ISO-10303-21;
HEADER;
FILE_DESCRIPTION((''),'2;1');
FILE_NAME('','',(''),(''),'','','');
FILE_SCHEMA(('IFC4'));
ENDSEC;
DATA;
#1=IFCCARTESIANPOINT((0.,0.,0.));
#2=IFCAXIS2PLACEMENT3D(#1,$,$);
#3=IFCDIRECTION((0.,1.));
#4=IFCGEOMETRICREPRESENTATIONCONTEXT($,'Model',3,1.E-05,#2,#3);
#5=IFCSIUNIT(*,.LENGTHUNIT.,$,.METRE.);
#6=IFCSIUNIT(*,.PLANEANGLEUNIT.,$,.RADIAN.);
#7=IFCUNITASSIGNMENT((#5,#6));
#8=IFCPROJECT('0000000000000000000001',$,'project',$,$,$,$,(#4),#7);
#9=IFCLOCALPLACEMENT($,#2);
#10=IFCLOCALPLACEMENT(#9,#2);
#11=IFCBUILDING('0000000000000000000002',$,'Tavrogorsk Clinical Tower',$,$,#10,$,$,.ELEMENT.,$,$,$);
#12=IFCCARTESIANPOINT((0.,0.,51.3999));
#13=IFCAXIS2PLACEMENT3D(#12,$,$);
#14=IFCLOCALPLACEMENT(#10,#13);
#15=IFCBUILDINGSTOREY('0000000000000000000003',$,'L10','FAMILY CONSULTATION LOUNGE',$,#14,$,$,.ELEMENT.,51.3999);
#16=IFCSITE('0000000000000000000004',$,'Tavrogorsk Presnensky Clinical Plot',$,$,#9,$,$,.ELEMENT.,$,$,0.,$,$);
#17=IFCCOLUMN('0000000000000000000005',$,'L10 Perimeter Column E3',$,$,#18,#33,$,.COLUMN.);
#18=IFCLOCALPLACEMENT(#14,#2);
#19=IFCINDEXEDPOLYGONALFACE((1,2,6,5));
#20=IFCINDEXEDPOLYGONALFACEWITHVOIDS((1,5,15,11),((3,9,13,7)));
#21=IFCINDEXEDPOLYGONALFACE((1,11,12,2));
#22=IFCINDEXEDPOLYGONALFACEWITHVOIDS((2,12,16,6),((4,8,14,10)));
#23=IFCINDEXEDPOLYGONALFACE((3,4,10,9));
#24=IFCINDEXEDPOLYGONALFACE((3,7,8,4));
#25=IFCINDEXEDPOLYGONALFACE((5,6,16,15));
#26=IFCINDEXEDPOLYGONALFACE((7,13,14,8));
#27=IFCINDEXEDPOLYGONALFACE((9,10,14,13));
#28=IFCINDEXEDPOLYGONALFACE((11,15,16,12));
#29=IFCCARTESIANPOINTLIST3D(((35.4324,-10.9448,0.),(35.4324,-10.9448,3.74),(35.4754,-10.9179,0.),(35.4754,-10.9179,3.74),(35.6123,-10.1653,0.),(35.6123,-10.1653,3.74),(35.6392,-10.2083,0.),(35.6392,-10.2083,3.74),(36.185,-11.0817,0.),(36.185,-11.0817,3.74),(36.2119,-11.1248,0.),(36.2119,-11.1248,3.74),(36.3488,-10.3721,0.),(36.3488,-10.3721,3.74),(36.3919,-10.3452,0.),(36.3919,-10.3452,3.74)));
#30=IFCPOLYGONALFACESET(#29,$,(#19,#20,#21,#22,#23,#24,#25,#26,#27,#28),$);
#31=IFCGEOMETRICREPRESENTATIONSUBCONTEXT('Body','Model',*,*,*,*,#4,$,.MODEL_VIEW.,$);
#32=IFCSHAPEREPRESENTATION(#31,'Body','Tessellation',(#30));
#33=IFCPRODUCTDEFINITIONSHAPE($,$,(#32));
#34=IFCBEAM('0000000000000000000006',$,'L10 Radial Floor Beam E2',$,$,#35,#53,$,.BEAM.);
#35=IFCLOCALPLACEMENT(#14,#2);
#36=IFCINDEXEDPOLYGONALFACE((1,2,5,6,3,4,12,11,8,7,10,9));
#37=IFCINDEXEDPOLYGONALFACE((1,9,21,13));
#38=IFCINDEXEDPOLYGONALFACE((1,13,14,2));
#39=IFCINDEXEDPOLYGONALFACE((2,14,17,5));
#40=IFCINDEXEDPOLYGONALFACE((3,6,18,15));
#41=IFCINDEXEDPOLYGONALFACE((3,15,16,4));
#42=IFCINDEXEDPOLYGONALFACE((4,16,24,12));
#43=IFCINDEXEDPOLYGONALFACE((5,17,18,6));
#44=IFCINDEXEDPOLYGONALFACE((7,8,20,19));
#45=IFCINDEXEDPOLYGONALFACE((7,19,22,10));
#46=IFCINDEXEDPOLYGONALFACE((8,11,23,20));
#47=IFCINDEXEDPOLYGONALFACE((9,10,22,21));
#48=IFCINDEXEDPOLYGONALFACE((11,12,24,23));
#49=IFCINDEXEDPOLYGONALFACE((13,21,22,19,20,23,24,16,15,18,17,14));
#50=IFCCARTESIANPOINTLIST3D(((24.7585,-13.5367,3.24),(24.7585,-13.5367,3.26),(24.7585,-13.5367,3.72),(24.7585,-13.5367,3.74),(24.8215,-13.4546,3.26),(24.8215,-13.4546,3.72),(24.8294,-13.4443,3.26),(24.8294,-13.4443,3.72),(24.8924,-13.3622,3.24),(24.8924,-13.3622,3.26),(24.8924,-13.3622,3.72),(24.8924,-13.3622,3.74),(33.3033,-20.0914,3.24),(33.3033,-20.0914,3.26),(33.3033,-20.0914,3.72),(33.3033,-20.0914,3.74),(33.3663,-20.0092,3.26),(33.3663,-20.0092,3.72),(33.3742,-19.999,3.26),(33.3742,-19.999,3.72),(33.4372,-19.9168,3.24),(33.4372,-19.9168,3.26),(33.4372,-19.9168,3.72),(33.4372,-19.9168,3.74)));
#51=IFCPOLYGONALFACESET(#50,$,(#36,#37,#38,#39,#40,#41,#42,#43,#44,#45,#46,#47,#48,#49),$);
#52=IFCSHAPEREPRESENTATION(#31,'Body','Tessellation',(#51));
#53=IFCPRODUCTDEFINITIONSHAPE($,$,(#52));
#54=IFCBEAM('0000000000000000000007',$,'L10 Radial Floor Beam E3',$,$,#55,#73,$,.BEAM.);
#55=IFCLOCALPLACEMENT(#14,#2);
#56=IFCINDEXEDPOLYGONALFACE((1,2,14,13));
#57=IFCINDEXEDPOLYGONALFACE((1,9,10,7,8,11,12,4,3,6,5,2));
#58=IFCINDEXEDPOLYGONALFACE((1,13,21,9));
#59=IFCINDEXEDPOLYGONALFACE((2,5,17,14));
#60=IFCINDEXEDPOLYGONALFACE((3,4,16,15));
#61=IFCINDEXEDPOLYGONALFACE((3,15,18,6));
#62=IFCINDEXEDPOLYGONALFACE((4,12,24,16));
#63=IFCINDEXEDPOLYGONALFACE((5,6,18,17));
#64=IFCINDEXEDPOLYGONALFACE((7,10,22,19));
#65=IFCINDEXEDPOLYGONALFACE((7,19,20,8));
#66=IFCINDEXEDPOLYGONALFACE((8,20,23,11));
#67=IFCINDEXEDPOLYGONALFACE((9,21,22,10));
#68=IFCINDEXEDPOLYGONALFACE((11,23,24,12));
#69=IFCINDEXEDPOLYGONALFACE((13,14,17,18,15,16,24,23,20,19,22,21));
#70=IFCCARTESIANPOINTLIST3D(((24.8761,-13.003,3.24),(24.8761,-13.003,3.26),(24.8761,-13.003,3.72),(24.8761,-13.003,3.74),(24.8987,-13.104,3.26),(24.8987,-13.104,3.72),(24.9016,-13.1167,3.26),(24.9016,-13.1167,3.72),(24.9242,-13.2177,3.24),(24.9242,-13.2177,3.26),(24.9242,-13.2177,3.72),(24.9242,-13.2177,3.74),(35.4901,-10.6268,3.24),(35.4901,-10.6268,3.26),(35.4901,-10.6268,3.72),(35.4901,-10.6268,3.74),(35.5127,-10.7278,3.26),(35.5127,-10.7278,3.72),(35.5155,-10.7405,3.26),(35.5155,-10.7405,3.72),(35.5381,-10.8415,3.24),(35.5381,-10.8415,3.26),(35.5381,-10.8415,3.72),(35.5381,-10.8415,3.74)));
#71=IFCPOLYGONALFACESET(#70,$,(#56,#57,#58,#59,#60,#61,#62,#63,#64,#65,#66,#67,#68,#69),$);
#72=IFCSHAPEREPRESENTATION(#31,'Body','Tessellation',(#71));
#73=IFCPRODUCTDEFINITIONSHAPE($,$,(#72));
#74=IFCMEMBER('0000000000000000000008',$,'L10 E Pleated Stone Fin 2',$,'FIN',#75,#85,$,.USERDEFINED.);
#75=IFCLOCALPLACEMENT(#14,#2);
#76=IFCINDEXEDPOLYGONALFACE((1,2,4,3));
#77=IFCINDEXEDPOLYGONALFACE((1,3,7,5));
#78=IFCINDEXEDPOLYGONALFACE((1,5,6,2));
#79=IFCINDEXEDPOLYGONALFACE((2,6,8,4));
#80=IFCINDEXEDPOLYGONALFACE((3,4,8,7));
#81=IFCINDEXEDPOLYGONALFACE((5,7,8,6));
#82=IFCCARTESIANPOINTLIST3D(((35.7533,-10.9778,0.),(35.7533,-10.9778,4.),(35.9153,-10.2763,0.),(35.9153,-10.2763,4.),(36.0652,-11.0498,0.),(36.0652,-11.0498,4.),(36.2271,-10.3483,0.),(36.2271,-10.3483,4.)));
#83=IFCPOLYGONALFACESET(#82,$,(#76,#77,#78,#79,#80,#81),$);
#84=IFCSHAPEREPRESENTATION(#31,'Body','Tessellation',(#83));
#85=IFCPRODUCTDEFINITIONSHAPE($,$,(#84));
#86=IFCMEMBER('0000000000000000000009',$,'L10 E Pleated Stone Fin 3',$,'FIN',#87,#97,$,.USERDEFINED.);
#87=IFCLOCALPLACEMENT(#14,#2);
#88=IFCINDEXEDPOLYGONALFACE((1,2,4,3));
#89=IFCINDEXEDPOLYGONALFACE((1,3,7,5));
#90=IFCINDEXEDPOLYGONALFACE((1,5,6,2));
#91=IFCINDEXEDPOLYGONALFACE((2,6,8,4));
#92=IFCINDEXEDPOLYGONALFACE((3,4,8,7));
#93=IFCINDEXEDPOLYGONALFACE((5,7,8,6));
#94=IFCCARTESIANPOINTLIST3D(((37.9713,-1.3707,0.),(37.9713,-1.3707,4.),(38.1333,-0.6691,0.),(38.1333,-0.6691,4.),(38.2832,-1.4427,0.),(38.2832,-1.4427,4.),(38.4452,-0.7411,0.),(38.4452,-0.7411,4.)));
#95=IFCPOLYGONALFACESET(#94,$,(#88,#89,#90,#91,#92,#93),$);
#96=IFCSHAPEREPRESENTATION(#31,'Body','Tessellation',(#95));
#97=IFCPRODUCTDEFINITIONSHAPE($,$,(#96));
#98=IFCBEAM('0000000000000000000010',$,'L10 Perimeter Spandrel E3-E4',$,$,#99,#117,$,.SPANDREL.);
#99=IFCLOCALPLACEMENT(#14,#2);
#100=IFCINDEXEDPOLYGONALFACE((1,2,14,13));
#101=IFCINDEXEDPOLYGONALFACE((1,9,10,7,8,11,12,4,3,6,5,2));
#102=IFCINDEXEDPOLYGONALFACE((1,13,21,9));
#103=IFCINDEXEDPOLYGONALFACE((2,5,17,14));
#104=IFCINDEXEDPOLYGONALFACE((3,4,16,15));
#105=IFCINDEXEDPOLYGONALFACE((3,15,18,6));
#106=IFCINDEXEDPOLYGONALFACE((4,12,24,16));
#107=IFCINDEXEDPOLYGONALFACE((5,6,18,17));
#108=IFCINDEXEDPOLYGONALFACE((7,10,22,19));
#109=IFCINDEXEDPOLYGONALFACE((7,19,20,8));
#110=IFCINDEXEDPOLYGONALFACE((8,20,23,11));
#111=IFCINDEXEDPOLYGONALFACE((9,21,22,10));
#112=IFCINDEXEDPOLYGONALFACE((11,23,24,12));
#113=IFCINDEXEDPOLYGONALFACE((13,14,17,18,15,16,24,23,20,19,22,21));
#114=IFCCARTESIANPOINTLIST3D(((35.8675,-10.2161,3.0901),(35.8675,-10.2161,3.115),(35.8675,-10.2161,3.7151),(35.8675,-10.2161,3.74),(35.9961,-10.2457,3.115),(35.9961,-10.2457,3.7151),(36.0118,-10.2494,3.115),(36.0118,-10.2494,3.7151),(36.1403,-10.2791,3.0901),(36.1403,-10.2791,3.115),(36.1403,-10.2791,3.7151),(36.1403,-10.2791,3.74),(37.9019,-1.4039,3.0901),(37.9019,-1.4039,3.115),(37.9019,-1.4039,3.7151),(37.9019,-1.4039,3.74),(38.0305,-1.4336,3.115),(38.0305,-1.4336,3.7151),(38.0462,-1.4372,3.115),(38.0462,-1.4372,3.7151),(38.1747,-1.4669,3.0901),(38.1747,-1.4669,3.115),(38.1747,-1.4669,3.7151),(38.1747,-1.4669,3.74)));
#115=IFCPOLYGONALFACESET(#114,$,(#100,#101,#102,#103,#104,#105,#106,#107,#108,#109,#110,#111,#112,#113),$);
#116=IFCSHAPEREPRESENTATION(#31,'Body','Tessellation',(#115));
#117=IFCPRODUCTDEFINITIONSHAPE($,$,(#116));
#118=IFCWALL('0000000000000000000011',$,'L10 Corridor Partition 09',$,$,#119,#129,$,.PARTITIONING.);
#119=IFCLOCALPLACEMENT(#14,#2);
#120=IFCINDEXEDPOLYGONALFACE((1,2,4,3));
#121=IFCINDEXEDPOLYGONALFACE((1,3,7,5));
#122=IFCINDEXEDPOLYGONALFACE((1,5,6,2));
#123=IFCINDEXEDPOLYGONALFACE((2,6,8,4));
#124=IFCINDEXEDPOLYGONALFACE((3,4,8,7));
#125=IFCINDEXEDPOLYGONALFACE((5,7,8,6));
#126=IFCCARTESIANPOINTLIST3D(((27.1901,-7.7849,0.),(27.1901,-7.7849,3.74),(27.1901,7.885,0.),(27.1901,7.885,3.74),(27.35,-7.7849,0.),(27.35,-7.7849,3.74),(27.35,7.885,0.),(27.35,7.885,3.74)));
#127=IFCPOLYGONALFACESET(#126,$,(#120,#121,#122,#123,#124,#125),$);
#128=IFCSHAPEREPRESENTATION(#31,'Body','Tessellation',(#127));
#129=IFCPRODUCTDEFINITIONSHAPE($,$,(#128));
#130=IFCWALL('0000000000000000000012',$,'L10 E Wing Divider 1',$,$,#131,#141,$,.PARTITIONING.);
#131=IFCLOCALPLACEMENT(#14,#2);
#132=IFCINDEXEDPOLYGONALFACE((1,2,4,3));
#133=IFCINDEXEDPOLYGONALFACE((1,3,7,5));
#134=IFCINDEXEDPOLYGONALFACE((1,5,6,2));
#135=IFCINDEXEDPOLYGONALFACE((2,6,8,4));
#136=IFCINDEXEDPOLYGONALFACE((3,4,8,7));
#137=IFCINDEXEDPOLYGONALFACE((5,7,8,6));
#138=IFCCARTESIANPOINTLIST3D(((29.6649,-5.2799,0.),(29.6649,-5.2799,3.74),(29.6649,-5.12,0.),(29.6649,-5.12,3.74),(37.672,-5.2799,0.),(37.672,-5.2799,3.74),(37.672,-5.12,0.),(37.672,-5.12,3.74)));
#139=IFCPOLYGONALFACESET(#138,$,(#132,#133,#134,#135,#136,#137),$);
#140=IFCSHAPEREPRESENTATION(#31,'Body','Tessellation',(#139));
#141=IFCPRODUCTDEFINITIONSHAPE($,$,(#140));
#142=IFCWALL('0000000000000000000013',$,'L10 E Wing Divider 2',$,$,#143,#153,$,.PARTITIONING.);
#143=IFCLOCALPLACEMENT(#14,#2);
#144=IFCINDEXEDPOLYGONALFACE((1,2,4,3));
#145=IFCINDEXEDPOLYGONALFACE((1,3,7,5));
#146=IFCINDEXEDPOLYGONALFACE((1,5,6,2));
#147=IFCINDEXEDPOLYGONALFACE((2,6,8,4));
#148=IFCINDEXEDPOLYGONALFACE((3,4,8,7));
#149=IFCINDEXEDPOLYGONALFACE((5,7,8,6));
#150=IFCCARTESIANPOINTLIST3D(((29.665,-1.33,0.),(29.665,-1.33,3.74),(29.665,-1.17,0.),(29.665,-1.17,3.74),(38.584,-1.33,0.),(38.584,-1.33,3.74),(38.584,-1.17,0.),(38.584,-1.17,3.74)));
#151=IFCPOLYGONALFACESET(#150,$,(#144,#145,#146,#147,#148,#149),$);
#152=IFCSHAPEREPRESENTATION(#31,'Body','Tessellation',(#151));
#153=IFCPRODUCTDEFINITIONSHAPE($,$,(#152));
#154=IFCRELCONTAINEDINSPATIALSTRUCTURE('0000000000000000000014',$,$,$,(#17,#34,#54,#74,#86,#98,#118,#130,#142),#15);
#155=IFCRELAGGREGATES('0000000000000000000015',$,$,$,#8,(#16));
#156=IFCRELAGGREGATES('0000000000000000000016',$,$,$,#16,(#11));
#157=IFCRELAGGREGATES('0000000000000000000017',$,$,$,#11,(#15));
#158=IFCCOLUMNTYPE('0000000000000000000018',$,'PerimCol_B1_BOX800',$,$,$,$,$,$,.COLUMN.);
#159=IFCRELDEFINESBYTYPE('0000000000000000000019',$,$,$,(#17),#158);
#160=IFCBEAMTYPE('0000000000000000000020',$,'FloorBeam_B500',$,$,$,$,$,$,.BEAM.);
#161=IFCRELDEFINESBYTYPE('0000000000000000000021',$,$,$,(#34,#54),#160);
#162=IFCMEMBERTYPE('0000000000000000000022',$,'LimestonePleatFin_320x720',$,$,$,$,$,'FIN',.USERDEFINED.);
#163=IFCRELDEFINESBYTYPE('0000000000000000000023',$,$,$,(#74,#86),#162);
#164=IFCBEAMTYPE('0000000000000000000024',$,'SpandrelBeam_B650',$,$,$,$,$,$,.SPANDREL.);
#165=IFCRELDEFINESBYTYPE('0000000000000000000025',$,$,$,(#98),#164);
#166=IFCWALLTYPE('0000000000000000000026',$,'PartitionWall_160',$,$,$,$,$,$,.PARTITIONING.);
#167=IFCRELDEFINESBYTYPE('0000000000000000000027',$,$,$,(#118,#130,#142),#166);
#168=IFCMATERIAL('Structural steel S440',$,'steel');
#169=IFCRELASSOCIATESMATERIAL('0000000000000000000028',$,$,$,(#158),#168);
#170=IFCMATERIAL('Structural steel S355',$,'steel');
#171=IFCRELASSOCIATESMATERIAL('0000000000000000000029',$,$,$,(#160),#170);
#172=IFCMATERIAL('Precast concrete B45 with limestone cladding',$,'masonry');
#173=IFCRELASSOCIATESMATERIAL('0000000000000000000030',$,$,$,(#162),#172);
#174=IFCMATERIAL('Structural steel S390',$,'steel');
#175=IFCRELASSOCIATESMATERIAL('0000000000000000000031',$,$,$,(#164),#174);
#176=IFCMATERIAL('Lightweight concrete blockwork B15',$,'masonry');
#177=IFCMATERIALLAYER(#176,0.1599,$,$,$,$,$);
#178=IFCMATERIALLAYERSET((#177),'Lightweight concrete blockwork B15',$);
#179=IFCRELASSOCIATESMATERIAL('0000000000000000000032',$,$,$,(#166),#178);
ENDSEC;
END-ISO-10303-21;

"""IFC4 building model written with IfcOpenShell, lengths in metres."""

from ifc_helpers import new_model, si_unit, direction, frame, frame_2d, origin, origin_2d, place, context, subcontext, project, spatial, rectangle, hollow_rectangle, i_section, extrude, material, layer, layer_set, material_profile, profile_set, type_object, element, save


model = new_model("IFC4")

# Units and contexts
model_context = context("Model", 3, precision=1e-05, world=origin(), true_north=direction((0.0, 1.0)))
body_context = subcontext(model_context, "Body", "Model", "MODEL_VIEW")
ifc_project = project(units=[si_unit("LENGTHUNIT", "METRE"), si_unit("PLANEANGLEUNIT", "RADIAN")], contexts=[model_context])

# Site, building, storey
site_placement = place(None, origin())
site = spatial("IfcSite", under=ifc_project, at=site_placement, Name="Tavrogorsk Presnensky Clinical Plot", CompositionType="ELEMENT", RefElevation=0.0)
building_placement = place(site_placement, origin())
building = spatial("IfcBuilding", under=site, at=building_placement, Name="Tavrogorsk Clinical Tower", CompositionType="ELEMENT")
storey_placement = place(building_placement, frame((0.0, 0.0, 51.3999)))
storey = spatial("IfcBuildingStorey", under=building, at=storey_placement, Name="L10", Description="FAMILY CONSULTATION LOUNGE", CompositionType="ELEMENT", Elevation=51.3999)

# Column
ifc_material_1 = material(Name="Structural steel S440", Category="steel")
ifc_material_profile_1 = material_profile(ifc_material_1, hollow_rectangle(XDim=0.8, YDim=0.8, WallThickness=0.0359, at=origin_2d()), Name="BOX-800x800x36")
ifc_profile_set_1 = profile_set([ifc_material_profile_1], Name="Structural steel S440")
column_type = type_object("IfcColumnType", Name="PerimCol_B1_BOX800", PredefinedType="COLUMN", material=ifc_profile_set_1)
column_placement = place(storey_placement, frame((35.9121, -10.645, 0.0), z_axis=(0.0, 0.0, 1.0), x_axis=(0.97437, -0.224951, 0.0)))
element("IfcColumn", 1, at=column_placement, inside=storey, type_object=column_type, Name="L10 Perimeter Column E3", PredefinedType="COLUMN", context=body_context, shape_type="SweptSolid", body=[
    extrude(hollow_rectangle(XDim=0.8, YDim=0.8, WallThickness=0.0359, at=origin_2d()), origin(), (0.0, 0.0, 1.0), 3.74),
])

# Beams
ifc_material_2 = material(Name="Structural steel S355", Category="steel")
ifc_material_profile_2 = material_profile(ifc_material_2, i_section(OverallWidth=0.22, OverallDepth=0.5, WebThickness=0.0129, FlangeThickness=0.02, at=origin_2d()), Name="B-500x220x13x20")
ifc_profile_set_2 = profile_set([ifc_material_profile_2], Name="Structural steel S355")
beam_type_1 = type_object("IfcBeamType", Name="FloorBeam_B500", PredefinedType="BEAM", material=ifc_profile_set_2)
beam_1_placement = place(storey_placement, frame((24.8254, -13.4495, 3.49), z_axis=(0.793446, -0.608641, 0.0), x_axis=(0.608641, 0.793446, 0.0)))
element("IfcBeam", 2, at=beam_1_placement, inside=storey, type_object=beam_type_1, Name="L10 Radial Floor Beam E2", PredefinedType="BEAM", context=body_context, shape_type="SweptSolid", body=[
    extrude(i_section(OverallWidth=0.22, OverallDepth=0.5, WebThickness=0.0129, FlangeThickness=0.02, at=origin_2d()), origin(), (0.0, 0.0, 1.0), 10.7693),
])
beam_2_placement = place(storey_placement, frame((24.9001, -13.1104, 3.49), z_axis=(0.975844, 0.218468, 0.0), x_axis=(-0.218468, 0.975844, 0.0)))
element("IfcBeam", 3, at=beam_2_placement, inside=storey, type_object=beam_type_1, Name="L10 Radial Floor Beam E3", PredefinedType="BEAM", context=body_context, shape_type="SweptSolid", body=[
    extrude(i_section(OverallWidth=0.22, OverallDepth=0.5, WebThickness=0.0129, FlangeThickness=0.02, at=origin_2d()), origin(), (0.0, 0.0, 1.0), 10.8767),
])

# Members
ifc_material_3 = material(Name="Precast concrete B45 with limestone cladding", Category="masonry")
ifc_material_profile_3 = material_profile(ifc_material_3, rectangle(XDim=0.3201, YDim=0.72, at=origin_2d()), Name="LIMESTONE-FIN-320x720")
ifc_profile_set_3 = profile_set([ifc_material_profile_3], Name="Precast concrete B45 with limestone cladding")
member_type = type_object("IfcMemberType", Name="LimestonePleatFin_320x720", ElementType="FIN", PredefinedType="USERDEFINED", material=ifc_profile_set_3)
for number, where, z_axis, x_axis, name in (
    (4, (35.9902, -10.6631, 0.0), (0.0, 0.0, 1.0), (0.97437, -0.224951, 0.0), "L10 E Pleated Stone Fin 2"),
    (5, (38.2083, -1.0559, 0.0), (0.0, 0.0, 1.0), (0.97437, -0.224951, 0.0), "L10 E Pleated Stone Fin 3"),
):
    element("IfcMember", number, at=place(storey_placement, frame(where, z_axis=z_axis, x_axis=x_axis)), inside=storey, type_object=member_type, Name=name, ObjectType="FIN", PredefinedType="USERDEFINED", context=body_context, shape_type="SweptSolid", body=[
        extrude(rectangle(XDim=0.3201, YDim=0.72, at=origin_2d()), origin(), (0.0, 0.0, 1.0), 4.0),
    ])

# Beam
ifc_material_4 = material(Name="Structural steel S390", Category="steel")
ifc_material_profile_4 = material_profile(ifc_material_4, i_section(OverallWidth=0.28, OverallDepth=0.6499, WebThickness=0.0161, FlangeThickness=0.0249, at=origin_2d()), Name="B-650x280x16x25")
ifc_profile_set_4 = profile_set([ifc_material_profile_4], Name="Structural steel S390")
beam_type_2 = type_object("IfcBeamType", Name="SpandrelBeam_B650", PredefinedType="SPANDREL", material=ifc_profile_set_4)
beam_3_placement = place(storey_placement, frame((36.0039, -10.2476, 3.415), z_axis=(0.224946, 0.974371, 0.0), x_axis=(-0.974371, 0.224946, 0.0)))
element("IfcBeam", 6, at=beam_3_placement, inside=storey, type_object=beam_type_2, Name="L10 Perimeter Spandrel E3-E4", PredefinedType="SPANDREL", context=body_context, shape_type="SweptSolid", body=[
    extrude(i_section(OverallWidth=0.28, OverallDepth=0.6499, WebThickness=0.0161, FlangeThickness=0.0249, at=origin_2d()), origin(), (0.0, 0.0, 1.0), 9.0439),
])

# Shared definitions
ifc_material_5 = material(Name="Lightweight concrete blockwork B15", Category="masonry")
ifc_layer = layer(ifc_material_5, 0.1599)
ifc_layer_set = layer_set([ifc_layer], Name="Lightweight concrete blockwork B15")
wall_type = type_object("IfcWallType", Name="PartitionWall_160", PredefinedType="PARTITIONING", material=ifc_layer_set)

# Walls
wall_1_placement = place(storey_placement, frame((27.27, -7.7849, 0.0), z_axis=(0.0, 0.0, 1.0), x_axis=(0.0, 1.0, 0.0)))
element("IfcWall", 7, at=wall_1_placement, inside=storey, type_object=wall_type, Name="L10 Corridor Partition 09", PredefinedType="PARTITIONING", context=body_context, shape_type="SweptSolid", body=[
    extrude(rectangle(XDim=15.6699, YDim=0.1599, at=frame_2d((7.835, 0.0))), origin(), (0.0, 0.0, 1.0), 3.74),
])
wall_2_placement = place(storey_placement, frame((29.665, -5.2, 0.0), z_axis=(0.0, 0.0, 1.0), x_axis=(1.0, 0.0, 0.0)))
element("IfcWall", 8, at=wall_2_placement, inside=storey, type_object=wall_type, Name="L10 E Wing Divider 1", PredefinedType="PARTITIONING", context=body_context, shape_type="SweptSolid", body=[
    extrude(rectangle(XDim=8.0071, YDim=0.1599, at=frame_2d((4.0034, 0.0))), origin(), (0.0, 0.0, 1.0), 3.74),
])
wall_3_placement = place(storey_placement, frame((29.665, -1.25, 0.0), z_axis=(0.0, 0.0, 1.0), x_axis=(1.0, 0.0, 0.0)))
element("IfcWall", 9, at=wall_3_placement, inside=storey, type_object=wall_type, Name="L10 E Wing Divider 2", PredefinedType="PARTITIONING", context=body_context, shape_type="SweptSolid", body=[
    extrude(rectangle(XDim=8.9189, YDim=0.1599, at=frame_2d((4.4595, 0.0))), origin(), (0.0, 0.0, 1.0), 3.74),
])

save(model, "model.ifc")
